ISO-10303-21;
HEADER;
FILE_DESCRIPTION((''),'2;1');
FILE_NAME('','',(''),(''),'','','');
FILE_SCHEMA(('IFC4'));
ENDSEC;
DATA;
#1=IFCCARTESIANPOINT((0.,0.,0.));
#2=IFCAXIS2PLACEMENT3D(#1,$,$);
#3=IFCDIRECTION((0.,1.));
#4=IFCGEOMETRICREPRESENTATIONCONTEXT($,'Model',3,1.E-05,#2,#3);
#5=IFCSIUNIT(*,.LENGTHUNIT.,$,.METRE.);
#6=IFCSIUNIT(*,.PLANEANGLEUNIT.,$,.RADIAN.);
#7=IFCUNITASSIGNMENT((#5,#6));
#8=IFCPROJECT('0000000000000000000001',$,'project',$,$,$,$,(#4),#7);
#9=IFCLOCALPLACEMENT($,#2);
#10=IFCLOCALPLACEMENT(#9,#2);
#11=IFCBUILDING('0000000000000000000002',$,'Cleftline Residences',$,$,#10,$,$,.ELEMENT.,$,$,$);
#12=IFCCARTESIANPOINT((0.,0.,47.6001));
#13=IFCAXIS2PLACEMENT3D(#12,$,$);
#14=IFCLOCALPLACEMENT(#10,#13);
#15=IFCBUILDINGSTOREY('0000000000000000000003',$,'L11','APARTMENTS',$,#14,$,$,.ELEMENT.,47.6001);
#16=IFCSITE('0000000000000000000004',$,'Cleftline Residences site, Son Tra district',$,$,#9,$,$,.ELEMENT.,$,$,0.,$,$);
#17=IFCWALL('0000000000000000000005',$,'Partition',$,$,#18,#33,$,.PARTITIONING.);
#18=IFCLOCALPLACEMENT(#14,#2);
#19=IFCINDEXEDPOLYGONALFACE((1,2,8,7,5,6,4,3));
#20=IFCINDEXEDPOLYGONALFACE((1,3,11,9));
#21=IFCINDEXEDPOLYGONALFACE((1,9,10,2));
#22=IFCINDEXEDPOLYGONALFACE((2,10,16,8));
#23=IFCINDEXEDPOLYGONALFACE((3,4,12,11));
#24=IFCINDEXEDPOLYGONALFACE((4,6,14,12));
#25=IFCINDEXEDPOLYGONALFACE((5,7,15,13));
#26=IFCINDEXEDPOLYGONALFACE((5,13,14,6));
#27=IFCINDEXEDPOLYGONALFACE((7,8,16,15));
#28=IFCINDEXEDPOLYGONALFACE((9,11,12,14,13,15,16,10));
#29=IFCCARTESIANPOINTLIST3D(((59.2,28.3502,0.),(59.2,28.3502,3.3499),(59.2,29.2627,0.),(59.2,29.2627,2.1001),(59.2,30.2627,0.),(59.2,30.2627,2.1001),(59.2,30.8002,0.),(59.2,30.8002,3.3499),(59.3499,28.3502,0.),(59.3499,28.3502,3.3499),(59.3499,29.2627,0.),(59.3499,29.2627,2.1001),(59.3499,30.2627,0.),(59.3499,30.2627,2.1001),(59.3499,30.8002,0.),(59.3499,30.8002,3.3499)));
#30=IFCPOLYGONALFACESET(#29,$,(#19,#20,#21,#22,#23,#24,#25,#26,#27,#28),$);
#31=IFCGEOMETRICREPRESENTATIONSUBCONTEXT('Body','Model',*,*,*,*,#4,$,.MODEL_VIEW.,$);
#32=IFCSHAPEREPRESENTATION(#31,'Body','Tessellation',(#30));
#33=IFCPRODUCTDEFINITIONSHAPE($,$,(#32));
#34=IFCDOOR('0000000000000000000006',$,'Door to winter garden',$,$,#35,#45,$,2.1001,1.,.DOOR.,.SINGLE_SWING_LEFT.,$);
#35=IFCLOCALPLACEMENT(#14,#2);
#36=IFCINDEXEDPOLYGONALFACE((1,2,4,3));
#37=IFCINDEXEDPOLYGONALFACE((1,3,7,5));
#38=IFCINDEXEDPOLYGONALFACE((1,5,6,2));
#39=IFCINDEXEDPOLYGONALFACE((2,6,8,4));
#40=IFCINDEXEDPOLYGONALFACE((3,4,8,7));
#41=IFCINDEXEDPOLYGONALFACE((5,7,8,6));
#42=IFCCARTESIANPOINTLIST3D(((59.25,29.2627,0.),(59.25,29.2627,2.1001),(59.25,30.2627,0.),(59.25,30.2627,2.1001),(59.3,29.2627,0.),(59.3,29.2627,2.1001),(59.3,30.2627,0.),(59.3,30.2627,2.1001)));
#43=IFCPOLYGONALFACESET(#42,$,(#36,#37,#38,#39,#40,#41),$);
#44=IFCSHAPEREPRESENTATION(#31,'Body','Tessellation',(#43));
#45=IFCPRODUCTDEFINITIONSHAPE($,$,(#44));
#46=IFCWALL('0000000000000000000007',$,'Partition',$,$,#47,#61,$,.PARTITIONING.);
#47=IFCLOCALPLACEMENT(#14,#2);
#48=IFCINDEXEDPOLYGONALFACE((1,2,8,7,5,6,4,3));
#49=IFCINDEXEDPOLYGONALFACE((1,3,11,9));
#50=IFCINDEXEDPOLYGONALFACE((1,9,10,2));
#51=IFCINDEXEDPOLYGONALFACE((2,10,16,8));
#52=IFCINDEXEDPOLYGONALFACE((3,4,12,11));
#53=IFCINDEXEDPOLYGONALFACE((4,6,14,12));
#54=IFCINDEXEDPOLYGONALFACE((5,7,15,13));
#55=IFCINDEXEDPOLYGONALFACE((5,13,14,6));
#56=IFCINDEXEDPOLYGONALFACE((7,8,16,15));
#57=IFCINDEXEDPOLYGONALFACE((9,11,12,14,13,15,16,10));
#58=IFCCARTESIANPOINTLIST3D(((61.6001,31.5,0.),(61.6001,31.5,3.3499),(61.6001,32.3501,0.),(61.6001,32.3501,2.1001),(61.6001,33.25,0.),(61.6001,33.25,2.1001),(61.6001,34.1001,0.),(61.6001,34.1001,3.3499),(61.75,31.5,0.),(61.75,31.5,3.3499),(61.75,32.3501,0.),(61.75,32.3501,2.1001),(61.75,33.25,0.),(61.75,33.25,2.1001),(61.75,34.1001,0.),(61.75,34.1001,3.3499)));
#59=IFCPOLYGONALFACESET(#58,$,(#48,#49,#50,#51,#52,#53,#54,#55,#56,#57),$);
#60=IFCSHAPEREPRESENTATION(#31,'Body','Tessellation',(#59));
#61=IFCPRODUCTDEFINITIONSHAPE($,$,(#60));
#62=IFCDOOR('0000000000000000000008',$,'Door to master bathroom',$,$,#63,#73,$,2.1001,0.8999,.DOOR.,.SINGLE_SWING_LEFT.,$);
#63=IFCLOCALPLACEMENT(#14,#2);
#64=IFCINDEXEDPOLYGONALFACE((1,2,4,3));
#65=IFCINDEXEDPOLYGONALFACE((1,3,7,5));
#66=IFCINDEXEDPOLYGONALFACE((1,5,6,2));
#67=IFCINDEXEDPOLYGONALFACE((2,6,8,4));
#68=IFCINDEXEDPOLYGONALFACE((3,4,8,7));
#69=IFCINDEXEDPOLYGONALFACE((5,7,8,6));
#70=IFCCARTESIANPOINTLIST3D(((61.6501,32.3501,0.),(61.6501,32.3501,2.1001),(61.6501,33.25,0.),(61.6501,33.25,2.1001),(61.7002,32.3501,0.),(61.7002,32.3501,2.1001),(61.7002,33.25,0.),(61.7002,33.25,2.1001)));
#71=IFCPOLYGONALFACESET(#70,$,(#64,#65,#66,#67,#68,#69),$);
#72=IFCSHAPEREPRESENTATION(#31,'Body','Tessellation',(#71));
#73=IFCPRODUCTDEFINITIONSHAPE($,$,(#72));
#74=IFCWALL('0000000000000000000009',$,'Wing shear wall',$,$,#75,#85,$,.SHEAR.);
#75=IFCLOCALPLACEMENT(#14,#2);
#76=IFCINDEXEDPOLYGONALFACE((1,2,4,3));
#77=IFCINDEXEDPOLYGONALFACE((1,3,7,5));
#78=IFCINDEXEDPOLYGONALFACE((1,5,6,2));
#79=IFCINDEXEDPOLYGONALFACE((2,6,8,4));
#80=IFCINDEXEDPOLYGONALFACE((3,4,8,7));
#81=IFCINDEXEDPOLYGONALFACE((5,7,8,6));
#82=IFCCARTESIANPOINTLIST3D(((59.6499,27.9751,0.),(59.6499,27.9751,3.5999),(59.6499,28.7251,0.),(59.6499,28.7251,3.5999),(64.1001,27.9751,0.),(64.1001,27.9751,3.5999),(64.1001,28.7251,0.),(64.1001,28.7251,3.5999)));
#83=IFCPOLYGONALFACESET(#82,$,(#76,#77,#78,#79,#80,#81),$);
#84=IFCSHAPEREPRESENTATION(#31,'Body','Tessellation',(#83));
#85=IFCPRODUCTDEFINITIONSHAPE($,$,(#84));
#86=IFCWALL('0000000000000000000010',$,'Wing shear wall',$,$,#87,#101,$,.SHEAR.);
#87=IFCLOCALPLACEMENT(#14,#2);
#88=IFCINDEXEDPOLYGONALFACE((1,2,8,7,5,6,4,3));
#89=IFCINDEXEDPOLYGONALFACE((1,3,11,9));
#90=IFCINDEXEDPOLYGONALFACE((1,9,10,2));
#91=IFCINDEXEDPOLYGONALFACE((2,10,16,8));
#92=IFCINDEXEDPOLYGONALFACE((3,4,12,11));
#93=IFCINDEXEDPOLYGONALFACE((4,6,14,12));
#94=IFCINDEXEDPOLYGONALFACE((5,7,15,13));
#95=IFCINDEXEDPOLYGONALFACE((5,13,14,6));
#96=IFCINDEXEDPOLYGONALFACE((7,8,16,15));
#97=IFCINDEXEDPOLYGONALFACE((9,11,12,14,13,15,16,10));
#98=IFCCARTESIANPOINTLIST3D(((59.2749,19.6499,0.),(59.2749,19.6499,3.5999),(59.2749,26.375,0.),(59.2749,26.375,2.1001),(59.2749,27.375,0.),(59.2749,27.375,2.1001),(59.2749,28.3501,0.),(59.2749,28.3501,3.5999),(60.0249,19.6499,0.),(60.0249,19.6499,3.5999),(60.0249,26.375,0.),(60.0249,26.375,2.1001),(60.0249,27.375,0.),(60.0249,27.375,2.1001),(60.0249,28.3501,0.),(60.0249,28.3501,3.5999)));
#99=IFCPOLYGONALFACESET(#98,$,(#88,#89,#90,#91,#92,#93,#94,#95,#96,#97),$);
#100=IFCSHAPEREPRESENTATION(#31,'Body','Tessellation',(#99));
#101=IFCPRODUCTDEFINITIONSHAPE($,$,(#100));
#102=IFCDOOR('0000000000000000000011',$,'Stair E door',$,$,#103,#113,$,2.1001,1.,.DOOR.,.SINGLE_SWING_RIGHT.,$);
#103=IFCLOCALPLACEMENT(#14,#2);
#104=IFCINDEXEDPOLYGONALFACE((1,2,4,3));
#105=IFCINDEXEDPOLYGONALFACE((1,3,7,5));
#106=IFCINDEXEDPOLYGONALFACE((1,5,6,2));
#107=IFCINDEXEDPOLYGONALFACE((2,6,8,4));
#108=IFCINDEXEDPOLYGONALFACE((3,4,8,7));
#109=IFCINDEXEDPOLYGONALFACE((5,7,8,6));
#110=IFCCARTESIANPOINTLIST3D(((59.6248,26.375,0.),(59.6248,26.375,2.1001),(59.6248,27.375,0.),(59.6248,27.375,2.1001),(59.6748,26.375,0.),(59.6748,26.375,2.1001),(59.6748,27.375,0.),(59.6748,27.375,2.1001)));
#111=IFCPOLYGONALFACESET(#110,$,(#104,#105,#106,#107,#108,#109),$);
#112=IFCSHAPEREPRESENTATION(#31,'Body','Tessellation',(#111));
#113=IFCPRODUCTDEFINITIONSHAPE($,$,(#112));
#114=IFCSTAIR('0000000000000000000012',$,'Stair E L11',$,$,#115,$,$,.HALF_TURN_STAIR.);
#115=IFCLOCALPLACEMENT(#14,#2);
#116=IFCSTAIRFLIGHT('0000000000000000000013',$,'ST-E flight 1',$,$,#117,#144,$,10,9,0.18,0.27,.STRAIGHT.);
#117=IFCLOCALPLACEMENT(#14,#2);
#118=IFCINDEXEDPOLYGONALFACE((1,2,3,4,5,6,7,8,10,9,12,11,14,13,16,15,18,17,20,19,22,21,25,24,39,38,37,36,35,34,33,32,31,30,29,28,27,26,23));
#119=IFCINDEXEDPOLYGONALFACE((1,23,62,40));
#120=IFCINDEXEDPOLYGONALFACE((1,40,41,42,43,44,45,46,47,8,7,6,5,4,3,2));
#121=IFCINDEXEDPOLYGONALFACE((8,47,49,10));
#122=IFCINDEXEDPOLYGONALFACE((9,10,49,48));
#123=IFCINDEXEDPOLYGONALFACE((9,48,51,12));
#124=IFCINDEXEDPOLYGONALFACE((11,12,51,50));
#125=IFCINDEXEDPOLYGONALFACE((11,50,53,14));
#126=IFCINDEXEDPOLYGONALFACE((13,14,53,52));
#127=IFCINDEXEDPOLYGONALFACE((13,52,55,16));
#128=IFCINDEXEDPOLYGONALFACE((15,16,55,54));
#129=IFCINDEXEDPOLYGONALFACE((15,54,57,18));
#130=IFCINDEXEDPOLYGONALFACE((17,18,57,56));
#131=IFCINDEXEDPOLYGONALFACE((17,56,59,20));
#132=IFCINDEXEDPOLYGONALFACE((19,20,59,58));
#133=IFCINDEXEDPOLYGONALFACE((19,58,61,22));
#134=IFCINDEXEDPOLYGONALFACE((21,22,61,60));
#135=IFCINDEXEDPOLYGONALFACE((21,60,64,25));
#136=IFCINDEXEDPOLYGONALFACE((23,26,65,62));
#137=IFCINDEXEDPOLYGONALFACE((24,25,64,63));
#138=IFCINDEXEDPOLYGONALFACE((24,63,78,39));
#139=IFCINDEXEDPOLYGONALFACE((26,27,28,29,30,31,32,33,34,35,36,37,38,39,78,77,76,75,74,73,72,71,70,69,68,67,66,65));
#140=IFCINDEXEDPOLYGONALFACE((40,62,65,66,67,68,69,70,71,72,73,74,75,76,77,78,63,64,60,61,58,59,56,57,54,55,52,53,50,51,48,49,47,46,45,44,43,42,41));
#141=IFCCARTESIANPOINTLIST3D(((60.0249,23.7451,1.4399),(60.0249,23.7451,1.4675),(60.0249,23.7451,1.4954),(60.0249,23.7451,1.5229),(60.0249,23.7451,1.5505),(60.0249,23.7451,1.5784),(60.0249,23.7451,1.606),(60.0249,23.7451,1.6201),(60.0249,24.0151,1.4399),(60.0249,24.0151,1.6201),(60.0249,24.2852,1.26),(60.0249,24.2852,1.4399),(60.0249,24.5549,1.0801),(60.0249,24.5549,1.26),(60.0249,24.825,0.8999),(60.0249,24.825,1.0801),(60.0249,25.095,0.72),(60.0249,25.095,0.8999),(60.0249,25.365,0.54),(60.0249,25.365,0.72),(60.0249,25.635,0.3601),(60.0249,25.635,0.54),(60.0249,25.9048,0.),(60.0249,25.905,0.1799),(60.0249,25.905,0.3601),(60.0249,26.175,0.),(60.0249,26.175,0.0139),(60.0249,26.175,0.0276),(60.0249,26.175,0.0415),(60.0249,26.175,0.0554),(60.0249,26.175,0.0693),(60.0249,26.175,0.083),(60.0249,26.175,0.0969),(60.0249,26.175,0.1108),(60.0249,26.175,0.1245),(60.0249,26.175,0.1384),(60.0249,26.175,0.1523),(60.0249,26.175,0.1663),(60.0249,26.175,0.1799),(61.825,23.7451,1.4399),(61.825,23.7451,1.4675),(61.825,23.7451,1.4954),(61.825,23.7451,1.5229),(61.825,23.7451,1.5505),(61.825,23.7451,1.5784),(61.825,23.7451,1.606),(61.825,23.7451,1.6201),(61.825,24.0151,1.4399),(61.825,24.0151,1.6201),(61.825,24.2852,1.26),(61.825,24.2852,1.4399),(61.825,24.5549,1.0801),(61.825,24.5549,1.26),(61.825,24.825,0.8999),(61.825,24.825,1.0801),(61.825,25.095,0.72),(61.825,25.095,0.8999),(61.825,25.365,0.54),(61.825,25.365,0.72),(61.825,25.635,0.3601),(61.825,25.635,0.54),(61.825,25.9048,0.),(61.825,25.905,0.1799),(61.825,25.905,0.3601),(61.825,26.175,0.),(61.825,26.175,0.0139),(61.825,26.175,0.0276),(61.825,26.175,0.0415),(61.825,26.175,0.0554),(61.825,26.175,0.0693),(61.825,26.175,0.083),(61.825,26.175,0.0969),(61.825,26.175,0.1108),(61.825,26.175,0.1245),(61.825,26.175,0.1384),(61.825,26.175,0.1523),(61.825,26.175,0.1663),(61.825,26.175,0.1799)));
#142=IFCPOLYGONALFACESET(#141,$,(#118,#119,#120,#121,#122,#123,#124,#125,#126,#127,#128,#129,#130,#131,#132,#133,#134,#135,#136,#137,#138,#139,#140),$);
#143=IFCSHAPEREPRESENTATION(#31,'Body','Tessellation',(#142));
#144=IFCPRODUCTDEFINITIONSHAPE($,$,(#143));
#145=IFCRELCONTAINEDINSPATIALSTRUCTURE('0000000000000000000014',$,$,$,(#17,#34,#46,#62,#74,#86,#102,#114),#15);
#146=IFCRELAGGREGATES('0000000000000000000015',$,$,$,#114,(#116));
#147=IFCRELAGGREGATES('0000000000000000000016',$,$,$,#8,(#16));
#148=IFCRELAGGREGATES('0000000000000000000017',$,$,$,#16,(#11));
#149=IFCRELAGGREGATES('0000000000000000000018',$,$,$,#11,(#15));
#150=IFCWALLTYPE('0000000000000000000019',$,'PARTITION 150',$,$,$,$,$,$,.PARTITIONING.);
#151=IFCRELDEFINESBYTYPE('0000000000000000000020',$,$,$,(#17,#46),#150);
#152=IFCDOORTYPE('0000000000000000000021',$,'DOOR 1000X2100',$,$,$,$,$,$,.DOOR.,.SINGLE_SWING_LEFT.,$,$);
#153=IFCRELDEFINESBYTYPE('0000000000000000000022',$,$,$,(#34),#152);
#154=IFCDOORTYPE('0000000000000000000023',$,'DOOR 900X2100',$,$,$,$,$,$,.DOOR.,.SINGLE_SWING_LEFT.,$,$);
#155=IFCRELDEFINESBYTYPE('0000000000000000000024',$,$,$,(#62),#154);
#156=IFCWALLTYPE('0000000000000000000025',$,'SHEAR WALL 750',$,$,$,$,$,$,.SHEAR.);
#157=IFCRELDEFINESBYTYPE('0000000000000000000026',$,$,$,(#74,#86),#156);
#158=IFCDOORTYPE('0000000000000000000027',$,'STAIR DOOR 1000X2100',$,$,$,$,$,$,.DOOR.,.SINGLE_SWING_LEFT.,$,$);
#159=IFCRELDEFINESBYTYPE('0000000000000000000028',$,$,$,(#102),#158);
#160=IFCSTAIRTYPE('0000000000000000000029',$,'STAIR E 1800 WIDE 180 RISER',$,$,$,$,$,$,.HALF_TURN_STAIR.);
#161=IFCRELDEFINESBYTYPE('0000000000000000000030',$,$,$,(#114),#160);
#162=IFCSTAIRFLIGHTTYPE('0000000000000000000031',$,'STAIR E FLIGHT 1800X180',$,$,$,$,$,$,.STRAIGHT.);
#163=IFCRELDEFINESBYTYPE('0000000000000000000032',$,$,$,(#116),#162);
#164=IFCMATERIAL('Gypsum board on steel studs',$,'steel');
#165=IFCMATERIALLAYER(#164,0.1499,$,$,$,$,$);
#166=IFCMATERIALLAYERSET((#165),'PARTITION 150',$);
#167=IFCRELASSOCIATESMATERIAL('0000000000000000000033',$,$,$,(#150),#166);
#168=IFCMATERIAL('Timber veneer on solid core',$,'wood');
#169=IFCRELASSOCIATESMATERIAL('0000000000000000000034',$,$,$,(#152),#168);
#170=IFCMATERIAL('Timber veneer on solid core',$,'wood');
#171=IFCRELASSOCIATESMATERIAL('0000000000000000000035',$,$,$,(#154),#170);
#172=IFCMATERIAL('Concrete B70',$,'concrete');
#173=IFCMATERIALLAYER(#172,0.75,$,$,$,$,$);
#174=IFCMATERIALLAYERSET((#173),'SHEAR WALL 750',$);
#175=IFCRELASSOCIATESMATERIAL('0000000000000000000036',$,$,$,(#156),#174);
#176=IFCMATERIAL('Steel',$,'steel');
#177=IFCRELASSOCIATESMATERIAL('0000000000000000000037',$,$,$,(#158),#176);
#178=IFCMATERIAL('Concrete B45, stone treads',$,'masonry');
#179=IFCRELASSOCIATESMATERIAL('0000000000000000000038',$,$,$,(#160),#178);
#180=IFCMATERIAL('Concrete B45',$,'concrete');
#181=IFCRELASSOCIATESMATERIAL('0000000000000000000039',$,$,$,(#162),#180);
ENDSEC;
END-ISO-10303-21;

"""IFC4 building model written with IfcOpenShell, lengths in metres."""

from ifc_helpers import new_model, si_unit, direction, frame, frame_2d, origin, place, context, subcontext, project, spatial, polyline, rectangle, outline, extrude, material, layer, layer_set, type_object, element, fill, aggregate, save


model = new_model("IFC4")

# Units and contexts
model_context = context("Model", 3, precision=1e-05, world=origin(), true_north=direction((0.0, 1.0)))
body_context = subcontext(model_context, "Body", "Model", "MODEL_VIEW")
ifc_project = project(units=[si_unit("LENGTHUNIT", "METRE"), si_unit("PLANEANGLEUNIT", "RADIAN")], contexts=[model_context])

# Site, building, storey
site_placement = place(None, origin())
site = spatial("IfcSite", under=ifc_project, at=site_placement, Name="Cleftline Residences site, Son Tra district", CompositionType="ELEMENT", RefElevation=0.0)
building_placement = place(site_placement, origin())
building = spatial("IfcBuilding", under=site, at=building_placement, Name="Cleftline Residences", CompositionType="ELEMENT")
storey_placement = place(building_placement, frame((0.0, 0.0, 47.6001)))
storey = spatial("IfcBuildingStorey", under=building, at=storey_placement, Name="L11", Description="APARTMENTS", CompositionType="ELEMENT", Elevation=47.6001)

# Shared definitions
ifc_material_1 = material(Name="Gypsum board on steel studs", Category="steel")
ifc_layer_1 = layer(ifc_material_1, 0.1499)
ifc_layer_set_1 = layer_set([ifc_layer_1], Name="PARTITION 150")
wall_type_1 = type_object("IfcWallType", Name="PARTITION 150", PredefinedType="PARTITIONING", material=ifc_layer_set_1)
ifc_material_2 = material(Name="Timber veneer on solid core", Category="wood")
door_type_1 = type_object("IfcDoorType", Name="DOOR 1000X2100", OperationType="SINGLE_SWING_LEFT", PredefinedType="DOOR", material=ifc_material_2)

# Walls, openings, doors
wall_1_placement = place(storey_placement, frame((59.2749, 28.3501, 0.0), z_axis=(0.0, 0.0, 1.0), x_axis=(0.0, 1.0, 0.0)))
wall_1 = element("IfcWall", 1, at=wall_1_placement, inside=storey, type_object=wall_type_1, Name="Partition", PredefinedType="PARTITIONING", context=body_context, shape_type="SweptSolid", body=[
    extrude(rectangle(XDim=2.45, YDim=0.1499, at=frame_2d((1.2251, 0.0))), origin(), (0.0, 0.0, 1.0), 3.3499),
])
opening_1_placement = place(wall_1_placement, frame((0.9126, 0.0, 0.0)))
opening_1 = element("IfcOpeningElement", 2, at=opening_1_placement, cuts=wall_1, PredefinedType="OPENING", context=body_context, shape_type="SweptSolid", body=[
    extrude(rectangle(XDim=1.0, YDim=2.1001, at=frame_2d((0.5, 1.05))), frame((0.0, 0.085, 0.0), z_axis=(0.0, -1.0, 0.0), x_axis=(1.0, 0.0, 0.0)), (0.0, 0.0, 1.0), 0.1699),
])
door_1_placement = place(opening_1_placement, origin())
door_1 = element("IfcDoor", 3, at=door_1_placement, inside=storey, type_object=door_type_1, Name="Door to winter garden", OperationType="SINGLE_SWING_LEFT", OverallHeight=2.1001, OverallWidth=1.0, PredefinedType="DOOR", context=body_context, shape_type="SweptSolid", body=[
    extrude(rectangle(XDim=1.0, YDim=2.1001, at=frame_2d((0.5, 1.05))), frame((0.0, 0.0249, 0.0), z_axis=(0.0, -1.0, 0.0), x_axis=(1.0, 0.0, 0.0)), (0.0, 0.0, 1.0), 0.05),
])
fill(opening_1, door_1)
wall_2_placement = place(storey_placement, frame((61.675, 31.5, 0.0), z_axis=(0.0, 0.0, 1.0), x_axis=(0.0, 1.0, 0.0)))
wall_2 = element("IfcWall", 4, at=wall_2_placement, inside=storey, type_object=wall_type_1, Name="Partition", PredefinedType="PARTITIONING", context=body_context, shape_type="SweptSolid", body=[
    extrude(rectangle(XDim=2.6001, YDim=0.1499, at=frame_2d((1.3, 0.0))), origin(), (0.0, 0.0, 1.0), 3.3499),
])
opening_2_placement = place(wall_2_placement, frame((0.8501, 0.0, 0.0)))
opening_2 = element("IfcOpeningElement", 5, at=opening_2_placement, cuts=wall_2, PredefinedType="OPENING", context=body_context, shape_type="SweptSolid", body=[
    extrude(rectangle(XDim=0.8999, YDim=2.1001, at=frame_2d((0.45, 1.05))), frame((0.0, 0.085, 0.0), z_axis=(0.0, -1.0, 0.0), x_axis=(1.0, 0.0, 0.0)), (0.0, 0.0, 1.0), 0.1699),
])
ifc_material_3 = material(Name="Timber veneer on solid core", Category="wood")
door_type_2 = type_object("IfcDoorType", Name="DOOR 900X2100", OperationType="SINGLE_SWING_LEFT", PredefinedType="DOOR", material=ifc_material_3)
door_2_placement = place(opening_2_placement, origin())
door_2 = element("IfcDoor", 6, at=door_2_placement, inside=storey, type_object=door_type_2, Name="Door to master bathroom", OperationType="SINGLE_SWING_LEFT", OverallHeight=2.1001, OverallWidth=0.8999, PredefinedType="DOOR", context=body_context, shape_type="SweptSolid", body=[
    extrude(rectangle(XDim=0.8999, YDim=2.1001, at=frame_2d((0.45, 1.05))), frame((0.0, 0.0249, 0.0), z_axis=(0.0, -1.0, 0.0), x_axis=(1.0, 0.0, 0.0)), (0.0, 0.0, 1.0), 0.05),
])
fill(opening_2, door_2)

# Wall
ifc_material_4 = material(Name="Concrete B70", Category="concrete")
ifc_layer_2 = layer(ifc_material_4, 0.75)
ifc_layer_set_2 = layer_set([ifc_layer_2], Name="SHEAR WALL 750")
wall_type_2 = type_object("IfcWallType", Name="SHEAR WALL 750", PredefinedType="SHEAR", material=ifc_layer_set_2)
wall_3_placement = place(storey_placement, frame((64.1001, 28.3501, 0.0), z_axis=(0.0, 0.0, 1.0), x_axis=(-1.0, 0.0, 0.0)))
element("IfcWall", 7, at=wall_3_placement, inside=storey, type_object=wall_type_2, Name="Wing shear wall", PredefinedType="SHEAR", context=body_context, shape_type="SweptSolid", body=[
    extrude(rectangle(XDim=4.4502, YDim=0.75, at=frame_2d((2.2251, 0.0))), origin(), (0.0, 0.0, 1.0), 3.5999),
])

# Wall, opening, door
wall_4_placement = place(storey_placement, frame((59.6499, 28.3501, 0.0), z_axis=(0.0, 0.0, 1.0), x_axis=(0.0, -1.0, 0.0)))
wall_4 = element("IfcWall", 8, at=wall_4_placement, inside=storey, type_object=wall_type_2, Name="Wing shear wall", PredefinedType="SHEAR", context=body_context, shape_type="SweptSolid", body=[
    extrude(rectangle(XDim=8.7002, YDim=0.75, at=frame_2d((4.3501, 0.0))), origin(), (0.0, 0.0, 1.0), 3.5999),
])
opening_3_placement = place(wall_4_placement, frame((0.9751, 0.0, 0.0)))
opening_3 = element("IfcOpeningElement", 9, at=opening_3_placement, cuts=wall_4, PredefinedType="OPENING", context=body_context, shape_type="SweptSolid", body=[
    extrude(rectangle(XDim=1.0, YDim=2.1001, at=frame_2d((0.5, 1.05))), frame((0.0, 0.385, 0.0), z_axis=(0.0, -1.0, 0.0), x_axis=(1.0, 0.0, 0.0)), (0.0, 0.0, 1.0), 0.77),
])
ifc_material_5 = material(Name="Steel", Category="steel")
door_type_3 = type_object("IfcDoorType", Name="STAIR DOOR 1000X2100", OperationType="SINGLE_SWING_LEFT", PredefinedType="DOOR", material=ifc_material_5)
door_3_placement = place(opening_3_placement, origin())
door_3 = element("IfcDoor", 10, at=door_3_placement, inside=storey, type_object=door_type_3, Name="Stair E door", OperationType="SINGLE_SWING_RIGHT", OverallHeight=2.1001, OverallWidth=1.0, PredefinedType="DOOR", context=body_context, shape_type="SweptSolid", body=[
    extrude(rectangle(XDim=1.0, YDim=2.1001, at=frame_2d((0.5, 1.05))), frame((0.0, 0.0249, 0.0), z_axis=(0.0, -1.0, 0.0), x_axis=(1.0, 0.0, 0.0)), (0.0, 0.0, 1.0), 0.05),
])
fill(opening_3, door_3)

# Stair, stair flight
ifc_material_6 = material(Name="Concrete B45, stone treads", Category="masonry")
stair_type = type_object("IfcStairType", Name="STAIR E 1800 WIDE 180 RISER", PredefinedType="HALF_TURN_STAIR", material=ifc_material_6)
stair_placement = place(storey_placement, origin())
stair = element("IfcStair", 11, at=stair_placement, inside=storey, type_object=stair_type, Name="Stair E L11", PredefinedType="HALF_TURN_STAIR")
ifc_material_7 = material(Name="Concrete B45", Category="concrete")
stair_flight_type = type_object("IfcStairFlightType", Name="STAIR E FLIGHT 1800X180", PredefinedType="STRAIGHT", material=ifc_material_7)
stair_flight_placement = place(storey_placement, frame((60.925, 26.175, 0.0), z_axis=(0.0, 0.0, 1.0), x_axis=(0.0, -1.0, 0.0)))
stair_flight = element("IfcStairFlight", 12, at=stair_flight_placement, type_object=stair_flight_type, Name="ST-E flight 1", NumberOfRisers=10, NumberOfTreads=9, PredefinedType="STRAIGHT", RiserHeight=0.18, TreadLength=0.27, context=body_context, shape_type="SweptSolid", body=[
    extrude(outline(polyline([(0.0, 0.0), (0.0, 0.0139), (0.0, 0.0276), (0.0, 0.0415), (0.0, 0.0554), (0.0, 0.0693), (0.0, 0.083), (0.0, 0.0969), (0.0, 0.1108), (0.0, 0.1245), (0.0, 0.1384), (0.0, 0.1523), (0.0, 0.1663), (0.0, 0.1799), (0.27, 0.1799), (0.27, 0.3601), (0.54, 0.3601), (0.54, 0.54), (0.8101, 0.54), (0.8101, 0.72), (1.0801, 0.72), (1.0801, 0.8999), (1.3501, 0.8999), (1.3501, 1.0801), (1.6201, 1.0801), (1.6201, 1.26), (1.8899, 1.26), (1.8899, 1.4399), (2.1599, 1.4399), (2.1599, 1.6201), (2.4299, 1.6201), (2.4299, 1.8), (2.4299, 1.7722), (2.4299, 1.7446), (2.4299, 1.7168), (2.4299, 1.6892), (2.4299, 1.6614), (2.4299, 1.6338), (2.4299, 1.606), (2.4299, 1.5784), (2.4299, 1.5505), (2.4299, 1.5229), (2.4299, 1.4954), (2.4299, 1.4675), (2.4299, 1.4399), (0.2703, 0.0), (0.0, 0.0)])), frame((0.0, 0.8999, 0.0), z_axis=(0.0, -1.0, 0.0), x_axis=(1.0, 0.0, 0.0)), (0.0, 0.0, 1.0), 1.8),
])
aggregate(stair, [stair_flight])

save(model, "model.ifc")
